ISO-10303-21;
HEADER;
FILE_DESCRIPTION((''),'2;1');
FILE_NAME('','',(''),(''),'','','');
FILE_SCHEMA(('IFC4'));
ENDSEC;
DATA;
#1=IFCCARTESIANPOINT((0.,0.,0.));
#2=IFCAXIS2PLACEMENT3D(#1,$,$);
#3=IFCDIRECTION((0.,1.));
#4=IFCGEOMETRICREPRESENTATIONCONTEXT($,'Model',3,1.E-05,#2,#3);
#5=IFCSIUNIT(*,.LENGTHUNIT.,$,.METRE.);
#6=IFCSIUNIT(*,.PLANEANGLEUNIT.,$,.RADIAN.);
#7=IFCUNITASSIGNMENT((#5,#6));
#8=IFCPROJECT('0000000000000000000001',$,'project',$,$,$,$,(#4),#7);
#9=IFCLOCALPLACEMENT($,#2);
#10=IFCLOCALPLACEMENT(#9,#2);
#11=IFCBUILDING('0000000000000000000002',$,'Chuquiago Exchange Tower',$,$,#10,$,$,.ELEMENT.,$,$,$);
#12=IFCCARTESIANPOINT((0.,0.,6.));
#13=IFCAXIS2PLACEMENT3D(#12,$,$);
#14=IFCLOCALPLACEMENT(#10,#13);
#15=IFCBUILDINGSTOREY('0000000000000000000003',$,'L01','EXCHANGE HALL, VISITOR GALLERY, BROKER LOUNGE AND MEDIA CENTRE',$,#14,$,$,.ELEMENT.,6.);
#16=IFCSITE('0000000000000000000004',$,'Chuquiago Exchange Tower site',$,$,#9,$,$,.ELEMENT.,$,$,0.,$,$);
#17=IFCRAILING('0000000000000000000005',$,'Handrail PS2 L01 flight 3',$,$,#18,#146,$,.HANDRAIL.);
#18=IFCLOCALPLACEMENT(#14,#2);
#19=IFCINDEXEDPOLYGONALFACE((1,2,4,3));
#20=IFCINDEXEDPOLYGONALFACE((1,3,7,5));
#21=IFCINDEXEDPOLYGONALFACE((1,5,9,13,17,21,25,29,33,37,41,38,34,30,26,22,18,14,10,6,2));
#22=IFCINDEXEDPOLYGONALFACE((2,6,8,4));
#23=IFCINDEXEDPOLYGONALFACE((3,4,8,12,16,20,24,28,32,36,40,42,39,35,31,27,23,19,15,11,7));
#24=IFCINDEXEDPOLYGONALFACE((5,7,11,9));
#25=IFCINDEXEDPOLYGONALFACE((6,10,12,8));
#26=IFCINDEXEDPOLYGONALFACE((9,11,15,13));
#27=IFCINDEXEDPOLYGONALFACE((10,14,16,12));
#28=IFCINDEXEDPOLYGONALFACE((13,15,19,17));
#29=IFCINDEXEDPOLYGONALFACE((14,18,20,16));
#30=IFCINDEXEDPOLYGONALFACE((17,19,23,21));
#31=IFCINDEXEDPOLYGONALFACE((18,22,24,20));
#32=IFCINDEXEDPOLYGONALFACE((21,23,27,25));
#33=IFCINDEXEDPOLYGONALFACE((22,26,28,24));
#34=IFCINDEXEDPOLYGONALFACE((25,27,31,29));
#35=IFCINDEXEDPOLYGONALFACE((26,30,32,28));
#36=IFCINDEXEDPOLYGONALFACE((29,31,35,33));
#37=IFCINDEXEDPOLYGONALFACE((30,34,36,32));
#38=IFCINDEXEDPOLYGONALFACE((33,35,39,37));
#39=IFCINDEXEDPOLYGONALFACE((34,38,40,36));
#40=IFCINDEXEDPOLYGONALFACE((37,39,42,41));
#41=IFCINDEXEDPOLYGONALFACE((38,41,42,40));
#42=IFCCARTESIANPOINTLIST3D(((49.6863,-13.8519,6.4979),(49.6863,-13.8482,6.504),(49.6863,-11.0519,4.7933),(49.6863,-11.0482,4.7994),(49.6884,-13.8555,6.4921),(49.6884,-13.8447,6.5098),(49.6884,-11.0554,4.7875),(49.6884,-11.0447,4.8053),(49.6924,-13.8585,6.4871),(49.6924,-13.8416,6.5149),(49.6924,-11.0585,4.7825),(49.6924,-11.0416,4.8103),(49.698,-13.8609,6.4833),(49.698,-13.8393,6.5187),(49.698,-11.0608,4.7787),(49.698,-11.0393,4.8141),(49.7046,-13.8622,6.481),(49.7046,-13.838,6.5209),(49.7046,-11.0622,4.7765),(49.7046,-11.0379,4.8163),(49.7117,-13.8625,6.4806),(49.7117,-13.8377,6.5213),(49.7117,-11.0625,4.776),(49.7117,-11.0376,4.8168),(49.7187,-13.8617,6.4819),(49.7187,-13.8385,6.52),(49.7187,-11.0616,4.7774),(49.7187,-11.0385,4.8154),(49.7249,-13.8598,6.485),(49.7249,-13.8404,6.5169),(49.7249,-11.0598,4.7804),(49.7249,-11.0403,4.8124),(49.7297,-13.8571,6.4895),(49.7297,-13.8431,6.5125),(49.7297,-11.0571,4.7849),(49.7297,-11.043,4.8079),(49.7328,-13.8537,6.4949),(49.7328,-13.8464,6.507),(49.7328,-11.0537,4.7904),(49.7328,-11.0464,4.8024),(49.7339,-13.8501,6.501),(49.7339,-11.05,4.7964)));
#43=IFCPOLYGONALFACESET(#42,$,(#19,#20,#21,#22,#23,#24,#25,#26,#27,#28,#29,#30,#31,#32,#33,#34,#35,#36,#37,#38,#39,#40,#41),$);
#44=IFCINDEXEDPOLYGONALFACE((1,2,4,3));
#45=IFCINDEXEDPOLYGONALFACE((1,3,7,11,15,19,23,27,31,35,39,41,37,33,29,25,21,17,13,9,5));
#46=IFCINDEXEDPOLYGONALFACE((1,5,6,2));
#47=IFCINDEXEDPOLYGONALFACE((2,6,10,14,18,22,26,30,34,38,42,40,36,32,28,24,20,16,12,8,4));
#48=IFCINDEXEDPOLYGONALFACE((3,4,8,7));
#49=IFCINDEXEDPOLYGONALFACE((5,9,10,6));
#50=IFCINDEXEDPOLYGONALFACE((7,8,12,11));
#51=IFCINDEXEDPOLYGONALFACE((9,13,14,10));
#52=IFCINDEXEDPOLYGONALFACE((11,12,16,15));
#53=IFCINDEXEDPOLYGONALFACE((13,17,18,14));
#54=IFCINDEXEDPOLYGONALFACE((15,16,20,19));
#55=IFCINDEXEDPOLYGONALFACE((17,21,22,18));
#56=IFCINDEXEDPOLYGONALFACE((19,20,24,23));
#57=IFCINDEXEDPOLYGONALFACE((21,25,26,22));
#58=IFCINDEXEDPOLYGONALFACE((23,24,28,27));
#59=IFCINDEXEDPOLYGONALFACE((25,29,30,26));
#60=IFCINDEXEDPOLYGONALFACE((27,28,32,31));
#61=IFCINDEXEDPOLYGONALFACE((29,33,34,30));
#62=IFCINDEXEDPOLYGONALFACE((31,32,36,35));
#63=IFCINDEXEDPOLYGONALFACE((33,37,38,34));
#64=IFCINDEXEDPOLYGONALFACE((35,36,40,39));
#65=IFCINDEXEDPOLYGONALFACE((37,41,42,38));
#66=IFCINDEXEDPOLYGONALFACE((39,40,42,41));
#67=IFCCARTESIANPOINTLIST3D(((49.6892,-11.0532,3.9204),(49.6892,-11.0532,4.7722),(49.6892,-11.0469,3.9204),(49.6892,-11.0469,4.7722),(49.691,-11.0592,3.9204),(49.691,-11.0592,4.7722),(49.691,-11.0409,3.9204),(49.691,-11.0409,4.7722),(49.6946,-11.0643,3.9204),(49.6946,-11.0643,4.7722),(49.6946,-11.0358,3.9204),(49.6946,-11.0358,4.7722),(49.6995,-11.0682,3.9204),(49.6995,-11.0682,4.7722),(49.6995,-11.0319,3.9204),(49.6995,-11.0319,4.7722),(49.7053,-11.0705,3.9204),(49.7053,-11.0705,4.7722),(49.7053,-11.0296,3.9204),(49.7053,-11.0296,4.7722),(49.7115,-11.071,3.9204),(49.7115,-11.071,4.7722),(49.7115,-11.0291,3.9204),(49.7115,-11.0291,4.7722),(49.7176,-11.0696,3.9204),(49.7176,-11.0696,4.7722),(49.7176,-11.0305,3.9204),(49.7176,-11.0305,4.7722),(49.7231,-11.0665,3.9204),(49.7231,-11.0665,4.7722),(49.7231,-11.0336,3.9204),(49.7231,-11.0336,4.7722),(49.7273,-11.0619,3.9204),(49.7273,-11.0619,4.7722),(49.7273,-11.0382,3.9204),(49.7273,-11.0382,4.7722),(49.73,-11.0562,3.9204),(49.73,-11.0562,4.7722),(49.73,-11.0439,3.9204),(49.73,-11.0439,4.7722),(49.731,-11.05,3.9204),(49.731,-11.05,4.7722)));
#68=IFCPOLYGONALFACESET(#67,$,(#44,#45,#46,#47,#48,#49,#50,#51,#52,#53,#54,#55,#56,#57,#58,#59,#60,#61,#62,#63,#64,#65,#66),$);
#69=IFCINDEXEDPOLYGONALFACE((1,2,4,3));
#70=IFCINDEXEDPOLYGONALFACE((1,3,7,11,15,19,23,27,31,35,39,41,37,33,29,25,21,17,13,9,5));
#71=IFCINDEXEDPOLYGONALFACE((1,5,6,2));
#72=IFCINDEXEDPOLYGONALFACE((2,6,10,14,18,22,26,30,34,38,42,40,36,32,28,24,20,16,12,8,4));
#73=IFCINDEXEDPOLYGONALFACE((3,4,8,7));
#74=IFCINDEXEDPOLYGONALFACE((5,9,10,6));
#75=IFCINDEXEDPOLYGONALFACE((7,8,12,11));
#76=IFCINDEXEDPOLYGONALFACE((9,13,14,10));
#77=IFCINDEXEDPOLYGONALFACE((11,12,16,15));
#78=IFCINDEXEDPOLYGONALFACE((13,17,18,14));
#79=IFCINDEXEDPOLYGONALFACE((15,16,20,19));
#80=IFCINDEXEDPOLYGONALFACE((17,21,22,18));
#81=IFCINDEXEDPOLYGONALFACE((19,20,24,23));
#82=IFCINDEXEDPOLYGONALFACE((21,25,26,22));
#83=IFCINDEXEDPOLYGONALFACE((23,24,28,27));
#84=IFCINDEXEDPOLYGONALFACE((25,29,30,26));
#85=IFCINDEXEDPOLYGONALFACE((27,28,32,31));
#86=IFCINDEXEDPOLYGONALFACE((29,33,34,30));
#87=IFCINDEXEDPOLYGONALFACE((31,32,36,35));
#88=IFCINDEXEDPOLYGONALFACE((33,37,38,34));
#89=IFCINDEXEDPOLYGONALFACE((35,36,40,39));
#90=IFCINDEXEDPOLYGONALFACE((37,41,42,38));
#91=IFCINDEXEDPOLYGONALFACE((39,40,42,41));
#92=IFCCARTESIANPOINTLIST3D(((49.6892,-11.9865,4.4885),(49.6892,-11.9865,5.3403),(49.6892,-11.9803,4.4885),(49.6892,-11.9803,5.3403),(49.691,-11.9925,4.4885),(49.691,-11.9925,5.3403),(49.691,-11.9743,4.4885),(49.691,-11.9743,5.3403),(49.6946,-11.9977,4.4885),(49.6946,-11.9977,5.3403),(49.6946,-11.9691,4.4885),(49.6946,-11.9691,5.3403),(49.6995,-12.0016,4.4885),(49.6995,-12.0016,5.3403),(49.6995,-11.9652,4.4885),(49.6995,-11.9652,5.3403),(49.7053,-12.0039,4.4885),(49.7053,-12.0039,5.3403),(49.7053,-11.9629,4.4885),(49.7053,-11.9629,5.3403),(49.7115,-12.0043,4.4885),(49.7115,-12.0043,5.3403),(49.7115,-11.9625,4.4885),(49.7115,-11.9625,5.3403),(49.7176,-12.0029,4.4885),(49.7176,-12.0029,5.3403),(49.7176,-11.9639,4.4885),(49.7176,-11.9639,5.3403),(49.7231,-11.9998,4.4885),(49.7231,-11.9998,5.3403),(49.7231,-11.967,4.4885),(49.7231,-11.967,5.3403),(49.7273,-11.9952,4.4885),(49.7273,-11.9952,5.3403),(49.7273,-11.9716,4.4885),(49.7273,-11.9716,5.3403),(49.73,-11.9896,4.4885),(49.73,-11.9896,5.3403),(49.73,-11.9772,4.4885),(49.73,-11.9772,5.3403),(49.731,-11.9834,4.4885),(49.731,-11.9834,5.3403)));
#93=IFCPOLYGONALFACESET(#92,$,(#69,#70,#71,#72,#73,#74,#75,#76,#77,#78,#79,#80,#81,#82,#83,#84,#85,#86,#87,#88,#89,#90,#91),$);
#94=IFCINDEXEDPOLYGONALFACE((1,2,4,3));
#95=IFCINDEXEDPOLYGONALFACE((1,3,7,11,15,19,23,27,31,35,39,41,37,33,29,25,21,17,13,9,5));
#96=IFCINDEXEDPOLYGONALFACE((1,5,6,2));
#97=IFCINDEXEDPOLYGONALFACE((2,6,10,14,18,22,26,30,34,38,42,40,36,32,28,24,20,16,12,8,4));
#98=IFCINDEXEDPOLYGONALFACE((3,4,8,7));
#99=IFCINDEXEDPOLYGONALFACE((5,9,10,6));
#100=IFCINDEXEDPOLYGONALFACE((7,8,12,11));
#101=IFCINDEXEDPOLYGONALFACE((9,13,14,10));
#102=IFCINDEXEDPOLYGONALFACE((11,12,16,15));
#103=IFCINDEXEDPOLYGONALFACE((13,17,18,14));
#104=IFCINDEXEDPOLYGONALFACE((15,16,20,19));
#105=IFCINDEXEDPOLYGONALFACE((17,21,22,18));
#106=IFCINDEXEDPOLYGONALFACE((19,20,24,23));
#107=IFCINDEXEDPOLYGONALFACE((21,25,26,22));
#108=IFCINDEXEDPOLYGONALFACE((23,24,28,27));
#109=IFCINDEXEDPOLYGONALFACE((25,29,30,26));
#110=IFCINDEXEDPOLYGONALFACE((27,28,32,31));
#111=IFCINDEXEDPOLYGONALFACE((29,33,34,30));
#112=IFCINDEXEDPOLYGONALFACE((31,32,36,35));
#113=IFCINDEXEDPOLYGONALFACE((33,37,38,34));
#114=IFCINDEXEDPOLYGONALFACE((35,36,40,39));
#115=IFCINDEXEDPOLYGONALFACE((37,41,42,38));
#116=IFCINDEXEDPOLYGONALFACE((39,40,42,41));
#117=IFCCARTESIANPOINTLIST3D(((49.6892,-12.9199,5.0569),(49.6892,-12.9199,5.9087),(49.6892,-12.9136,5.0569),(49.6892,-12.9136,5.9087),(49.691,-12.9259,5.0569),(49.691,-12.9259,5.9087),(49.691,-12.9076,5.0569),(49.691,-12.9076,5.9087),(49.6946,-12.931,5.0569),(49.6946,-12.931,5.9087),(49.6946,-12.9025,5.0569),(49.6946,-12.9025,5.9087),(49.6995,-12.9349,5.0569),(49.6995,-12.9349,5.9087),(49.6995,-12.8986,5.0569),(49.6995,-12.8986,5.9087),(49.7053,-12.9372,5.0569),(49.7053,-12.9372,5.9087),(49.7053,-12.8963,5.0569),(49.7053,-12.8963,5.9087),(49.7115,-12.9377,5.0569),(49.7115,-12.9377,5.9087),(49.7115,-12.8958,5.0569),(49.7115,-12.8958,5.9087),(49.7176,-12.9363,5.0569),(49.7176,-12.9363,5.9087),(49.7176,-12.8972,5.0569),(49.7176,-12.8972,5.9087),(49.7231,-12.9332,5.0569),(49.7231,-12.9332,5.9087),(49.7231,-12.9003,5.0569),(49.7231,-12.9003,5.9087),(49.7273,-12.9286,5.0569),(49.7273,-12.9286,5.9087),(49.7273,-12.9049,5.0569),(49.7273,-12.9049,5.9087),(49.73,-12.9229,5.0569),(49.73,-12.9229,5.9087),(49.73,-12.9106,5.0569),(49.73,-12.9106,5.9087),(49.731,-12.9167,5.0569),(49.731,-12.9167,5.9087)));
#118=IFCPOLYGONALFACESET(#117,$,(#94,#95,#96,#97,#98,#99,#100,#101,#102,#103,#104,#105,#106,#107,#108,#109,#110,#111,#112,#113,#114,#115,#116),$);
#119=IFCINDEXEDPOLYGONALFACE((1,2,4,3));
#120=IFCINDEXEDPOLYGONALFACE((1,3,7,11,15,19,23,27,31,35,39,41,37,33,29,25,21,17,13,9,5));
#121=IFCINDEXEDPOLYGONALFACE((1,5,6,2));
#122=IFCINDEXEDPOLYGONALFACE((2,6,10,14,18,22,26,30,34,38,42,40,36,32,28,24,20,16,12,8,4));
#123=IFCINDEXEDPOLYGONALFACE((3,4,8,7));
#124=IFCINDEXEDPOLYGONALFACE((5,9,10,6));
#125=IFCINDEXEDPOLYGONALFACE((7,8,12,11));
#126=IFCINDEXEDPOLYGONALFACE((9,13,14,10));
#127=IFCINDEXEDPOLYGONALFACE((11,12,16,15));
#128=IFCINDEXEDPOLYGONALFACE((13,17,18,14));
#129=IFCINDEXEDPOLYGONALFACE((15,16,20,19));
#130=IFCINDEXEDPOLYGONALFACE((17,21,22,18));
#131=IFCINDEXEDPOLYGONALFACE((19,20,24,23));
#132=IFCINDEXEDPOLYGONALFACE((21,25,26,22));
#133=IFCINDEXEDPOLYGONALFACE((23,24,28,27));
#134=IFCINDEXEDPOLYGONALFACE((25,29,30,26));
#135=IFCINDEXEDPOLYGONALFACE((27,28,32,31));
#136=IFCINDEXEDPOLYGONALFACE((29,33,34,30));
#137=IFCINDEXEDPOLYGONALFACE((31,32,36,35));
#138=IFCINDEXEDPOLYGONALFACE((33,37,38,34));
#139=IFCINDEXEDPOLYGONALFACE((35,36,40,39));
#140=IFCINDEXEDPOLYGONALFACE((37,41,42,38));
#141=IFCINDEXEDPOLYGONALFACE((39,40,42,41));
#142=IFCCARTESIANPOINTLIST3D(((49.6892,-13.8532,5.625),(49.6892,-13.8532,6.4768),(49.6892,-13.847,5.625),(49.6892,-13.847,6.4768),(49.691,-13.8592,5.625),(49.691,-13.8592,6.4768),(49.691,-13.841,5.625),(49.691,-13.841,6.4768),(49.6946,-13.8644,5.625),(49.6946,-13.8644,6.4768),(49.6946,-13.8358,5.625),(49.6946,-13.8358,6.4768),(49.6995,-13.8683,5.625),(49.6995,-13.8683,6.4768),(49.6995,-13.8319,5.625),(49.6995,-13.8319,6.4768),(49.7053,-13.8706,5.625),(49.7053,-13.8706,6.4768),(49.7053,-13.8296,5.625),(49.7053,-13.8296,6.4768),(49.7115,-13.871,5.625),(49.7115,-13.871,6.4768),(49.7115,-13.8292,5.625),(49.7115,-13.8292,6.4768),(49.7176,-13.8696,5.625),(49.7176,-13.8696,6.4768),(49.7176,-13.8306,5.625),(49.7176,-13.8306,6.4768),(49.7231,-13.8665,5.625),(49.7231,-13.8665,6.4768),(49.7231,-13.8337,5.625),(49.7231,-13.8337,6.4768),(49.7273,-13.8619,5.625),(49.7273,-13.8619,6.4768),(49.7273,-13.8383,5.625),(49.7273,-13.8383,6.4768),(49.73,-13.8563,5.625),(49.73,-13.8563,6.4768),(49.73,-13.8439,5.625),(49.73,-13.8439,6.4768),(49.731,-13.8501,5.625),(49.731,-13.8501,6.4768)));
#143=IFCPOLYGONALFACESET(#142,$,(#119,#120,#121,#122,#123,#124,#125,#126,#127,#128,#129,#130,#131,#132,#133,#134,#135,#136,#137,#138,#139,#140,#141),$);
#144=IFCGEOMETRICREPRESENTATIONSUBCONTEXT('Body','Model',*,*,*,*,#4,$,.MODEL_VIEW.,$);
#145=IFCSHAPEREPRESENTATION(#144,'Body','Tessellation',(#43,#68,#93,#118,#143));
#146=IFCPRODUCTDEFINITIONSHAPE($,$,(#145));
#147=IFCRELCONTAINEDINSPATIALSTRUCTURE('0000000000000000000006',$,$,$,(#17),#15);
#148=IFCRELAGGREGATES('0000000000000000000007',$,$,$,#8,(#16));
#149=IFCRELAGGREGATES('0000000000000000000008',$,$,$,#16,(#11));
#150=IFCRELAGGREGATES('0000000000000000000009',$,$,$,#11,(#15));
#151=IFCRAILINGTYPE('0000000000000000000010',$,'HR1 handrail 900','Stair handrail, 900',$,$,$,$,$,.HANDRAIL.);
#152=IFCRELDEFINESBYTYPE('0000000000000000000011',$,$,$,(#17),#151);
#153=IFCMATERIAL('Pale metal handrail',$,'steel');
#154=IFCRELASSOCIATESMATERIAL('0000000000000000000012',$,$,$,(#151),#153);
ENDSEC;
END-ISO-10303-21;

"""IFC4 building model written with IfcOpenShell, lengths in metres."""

from ifc_helpers import new_model, si_unit, direction, frame, origin, origin_2d, place, context, subcontext, project, spatial, circle, extrude, material, type_object, element, save


model = new_model("IFC4")

# Units and contexts
model_context = context("Model", 3, precision=1e-05, world=origin(), true_north=direction((0.0, 1.0)))
body_context = subcontext(model_context, "Body", "Model", "MODEL_VIEW")
ifc_project = project(units=[si_unit("LENGTHUNIT", "METRE"), si_unit("PLANEANGLEUNIT", "RADIAN")], contexts=[model_context])

# Site, building, storey
site_placement = place(None, origin())
site = spatial("IfcSite", under=ifc_project, at=site_placement, Name="Chuquiago Exchange Tower site", CompositionType="ELEMENT", RefElevation=0.0)
building_placement = place(site_placement, origin())
building = spatial("IfcBuilding", under=site, at=building_placement, Name="Chuquiago Exchange Tower", CompositionType="ELEMENT")
storey_placement = place(building_placement, frame((0.0, 0.0, 6.0)))
storey = spatial("IfcBuildingStorey", under=building, at=storey_placement, Name="L01", Description="EXCHANGE HALL, VISITOR GALLERY, BROKER LOUNGE AND MEDIA CENTRE", CompositionType="ELEMENT", Elevation=6.0)

# Railing
ifc_material_1 = material(Name="Pale metal handrail", Category="steel")
railing_type = type_object("IfcRailingType", Name="HR1 handrail 900", Description="Stair handrail, 900", PredefinedType="HANDRAIL", material=ifc_material_1)
for number, where, name in (
    (1, (49.71, -11.05, 3.9204), "Handrail PS2 L01 flight 3"),
):
    element("IfcRailing", number, at=place(storey_placement, frame(where)), inside=storey, type_object=railing_type, Name=name, PredefinedType="HANDRAIL", context=body_context, shape_type="SweptSolid", body=[
        extrude(circle(Radius=0.0239, at=origin_2d()), frame((0.0, 0.0, 0.876), z_axis=(0.0, -0.85417, 0.519994), x_axis=(1.0, 0.0, 0.0)), (0.0, 0.0, 1.0), 3.2781),
        extrude(circle(Radius=0.021, at=origin_2d()), origin(), (0.0, 0.0, 1.0), 0.8518),
        extrude(circle(Radius=0.021, at=origin_2d()), frame((0.0, -0.9333, 0.5681)), (0.0, 0.0, 1.0), 0.8518),
        extrude(circle(Radius=0.021, at=origin_2d()), frame((0.0, -1.8667, 1.1365)), (0.0, 0.0, 1.0), 0.8518),
        extrude(circle(Radius=0.021, at=origin_2d()), frame((0.0, -2.8, 1.7046)), (0.0, 0.0, 1.0), 0.8518),
    ])

save(model, "model.ifc")
